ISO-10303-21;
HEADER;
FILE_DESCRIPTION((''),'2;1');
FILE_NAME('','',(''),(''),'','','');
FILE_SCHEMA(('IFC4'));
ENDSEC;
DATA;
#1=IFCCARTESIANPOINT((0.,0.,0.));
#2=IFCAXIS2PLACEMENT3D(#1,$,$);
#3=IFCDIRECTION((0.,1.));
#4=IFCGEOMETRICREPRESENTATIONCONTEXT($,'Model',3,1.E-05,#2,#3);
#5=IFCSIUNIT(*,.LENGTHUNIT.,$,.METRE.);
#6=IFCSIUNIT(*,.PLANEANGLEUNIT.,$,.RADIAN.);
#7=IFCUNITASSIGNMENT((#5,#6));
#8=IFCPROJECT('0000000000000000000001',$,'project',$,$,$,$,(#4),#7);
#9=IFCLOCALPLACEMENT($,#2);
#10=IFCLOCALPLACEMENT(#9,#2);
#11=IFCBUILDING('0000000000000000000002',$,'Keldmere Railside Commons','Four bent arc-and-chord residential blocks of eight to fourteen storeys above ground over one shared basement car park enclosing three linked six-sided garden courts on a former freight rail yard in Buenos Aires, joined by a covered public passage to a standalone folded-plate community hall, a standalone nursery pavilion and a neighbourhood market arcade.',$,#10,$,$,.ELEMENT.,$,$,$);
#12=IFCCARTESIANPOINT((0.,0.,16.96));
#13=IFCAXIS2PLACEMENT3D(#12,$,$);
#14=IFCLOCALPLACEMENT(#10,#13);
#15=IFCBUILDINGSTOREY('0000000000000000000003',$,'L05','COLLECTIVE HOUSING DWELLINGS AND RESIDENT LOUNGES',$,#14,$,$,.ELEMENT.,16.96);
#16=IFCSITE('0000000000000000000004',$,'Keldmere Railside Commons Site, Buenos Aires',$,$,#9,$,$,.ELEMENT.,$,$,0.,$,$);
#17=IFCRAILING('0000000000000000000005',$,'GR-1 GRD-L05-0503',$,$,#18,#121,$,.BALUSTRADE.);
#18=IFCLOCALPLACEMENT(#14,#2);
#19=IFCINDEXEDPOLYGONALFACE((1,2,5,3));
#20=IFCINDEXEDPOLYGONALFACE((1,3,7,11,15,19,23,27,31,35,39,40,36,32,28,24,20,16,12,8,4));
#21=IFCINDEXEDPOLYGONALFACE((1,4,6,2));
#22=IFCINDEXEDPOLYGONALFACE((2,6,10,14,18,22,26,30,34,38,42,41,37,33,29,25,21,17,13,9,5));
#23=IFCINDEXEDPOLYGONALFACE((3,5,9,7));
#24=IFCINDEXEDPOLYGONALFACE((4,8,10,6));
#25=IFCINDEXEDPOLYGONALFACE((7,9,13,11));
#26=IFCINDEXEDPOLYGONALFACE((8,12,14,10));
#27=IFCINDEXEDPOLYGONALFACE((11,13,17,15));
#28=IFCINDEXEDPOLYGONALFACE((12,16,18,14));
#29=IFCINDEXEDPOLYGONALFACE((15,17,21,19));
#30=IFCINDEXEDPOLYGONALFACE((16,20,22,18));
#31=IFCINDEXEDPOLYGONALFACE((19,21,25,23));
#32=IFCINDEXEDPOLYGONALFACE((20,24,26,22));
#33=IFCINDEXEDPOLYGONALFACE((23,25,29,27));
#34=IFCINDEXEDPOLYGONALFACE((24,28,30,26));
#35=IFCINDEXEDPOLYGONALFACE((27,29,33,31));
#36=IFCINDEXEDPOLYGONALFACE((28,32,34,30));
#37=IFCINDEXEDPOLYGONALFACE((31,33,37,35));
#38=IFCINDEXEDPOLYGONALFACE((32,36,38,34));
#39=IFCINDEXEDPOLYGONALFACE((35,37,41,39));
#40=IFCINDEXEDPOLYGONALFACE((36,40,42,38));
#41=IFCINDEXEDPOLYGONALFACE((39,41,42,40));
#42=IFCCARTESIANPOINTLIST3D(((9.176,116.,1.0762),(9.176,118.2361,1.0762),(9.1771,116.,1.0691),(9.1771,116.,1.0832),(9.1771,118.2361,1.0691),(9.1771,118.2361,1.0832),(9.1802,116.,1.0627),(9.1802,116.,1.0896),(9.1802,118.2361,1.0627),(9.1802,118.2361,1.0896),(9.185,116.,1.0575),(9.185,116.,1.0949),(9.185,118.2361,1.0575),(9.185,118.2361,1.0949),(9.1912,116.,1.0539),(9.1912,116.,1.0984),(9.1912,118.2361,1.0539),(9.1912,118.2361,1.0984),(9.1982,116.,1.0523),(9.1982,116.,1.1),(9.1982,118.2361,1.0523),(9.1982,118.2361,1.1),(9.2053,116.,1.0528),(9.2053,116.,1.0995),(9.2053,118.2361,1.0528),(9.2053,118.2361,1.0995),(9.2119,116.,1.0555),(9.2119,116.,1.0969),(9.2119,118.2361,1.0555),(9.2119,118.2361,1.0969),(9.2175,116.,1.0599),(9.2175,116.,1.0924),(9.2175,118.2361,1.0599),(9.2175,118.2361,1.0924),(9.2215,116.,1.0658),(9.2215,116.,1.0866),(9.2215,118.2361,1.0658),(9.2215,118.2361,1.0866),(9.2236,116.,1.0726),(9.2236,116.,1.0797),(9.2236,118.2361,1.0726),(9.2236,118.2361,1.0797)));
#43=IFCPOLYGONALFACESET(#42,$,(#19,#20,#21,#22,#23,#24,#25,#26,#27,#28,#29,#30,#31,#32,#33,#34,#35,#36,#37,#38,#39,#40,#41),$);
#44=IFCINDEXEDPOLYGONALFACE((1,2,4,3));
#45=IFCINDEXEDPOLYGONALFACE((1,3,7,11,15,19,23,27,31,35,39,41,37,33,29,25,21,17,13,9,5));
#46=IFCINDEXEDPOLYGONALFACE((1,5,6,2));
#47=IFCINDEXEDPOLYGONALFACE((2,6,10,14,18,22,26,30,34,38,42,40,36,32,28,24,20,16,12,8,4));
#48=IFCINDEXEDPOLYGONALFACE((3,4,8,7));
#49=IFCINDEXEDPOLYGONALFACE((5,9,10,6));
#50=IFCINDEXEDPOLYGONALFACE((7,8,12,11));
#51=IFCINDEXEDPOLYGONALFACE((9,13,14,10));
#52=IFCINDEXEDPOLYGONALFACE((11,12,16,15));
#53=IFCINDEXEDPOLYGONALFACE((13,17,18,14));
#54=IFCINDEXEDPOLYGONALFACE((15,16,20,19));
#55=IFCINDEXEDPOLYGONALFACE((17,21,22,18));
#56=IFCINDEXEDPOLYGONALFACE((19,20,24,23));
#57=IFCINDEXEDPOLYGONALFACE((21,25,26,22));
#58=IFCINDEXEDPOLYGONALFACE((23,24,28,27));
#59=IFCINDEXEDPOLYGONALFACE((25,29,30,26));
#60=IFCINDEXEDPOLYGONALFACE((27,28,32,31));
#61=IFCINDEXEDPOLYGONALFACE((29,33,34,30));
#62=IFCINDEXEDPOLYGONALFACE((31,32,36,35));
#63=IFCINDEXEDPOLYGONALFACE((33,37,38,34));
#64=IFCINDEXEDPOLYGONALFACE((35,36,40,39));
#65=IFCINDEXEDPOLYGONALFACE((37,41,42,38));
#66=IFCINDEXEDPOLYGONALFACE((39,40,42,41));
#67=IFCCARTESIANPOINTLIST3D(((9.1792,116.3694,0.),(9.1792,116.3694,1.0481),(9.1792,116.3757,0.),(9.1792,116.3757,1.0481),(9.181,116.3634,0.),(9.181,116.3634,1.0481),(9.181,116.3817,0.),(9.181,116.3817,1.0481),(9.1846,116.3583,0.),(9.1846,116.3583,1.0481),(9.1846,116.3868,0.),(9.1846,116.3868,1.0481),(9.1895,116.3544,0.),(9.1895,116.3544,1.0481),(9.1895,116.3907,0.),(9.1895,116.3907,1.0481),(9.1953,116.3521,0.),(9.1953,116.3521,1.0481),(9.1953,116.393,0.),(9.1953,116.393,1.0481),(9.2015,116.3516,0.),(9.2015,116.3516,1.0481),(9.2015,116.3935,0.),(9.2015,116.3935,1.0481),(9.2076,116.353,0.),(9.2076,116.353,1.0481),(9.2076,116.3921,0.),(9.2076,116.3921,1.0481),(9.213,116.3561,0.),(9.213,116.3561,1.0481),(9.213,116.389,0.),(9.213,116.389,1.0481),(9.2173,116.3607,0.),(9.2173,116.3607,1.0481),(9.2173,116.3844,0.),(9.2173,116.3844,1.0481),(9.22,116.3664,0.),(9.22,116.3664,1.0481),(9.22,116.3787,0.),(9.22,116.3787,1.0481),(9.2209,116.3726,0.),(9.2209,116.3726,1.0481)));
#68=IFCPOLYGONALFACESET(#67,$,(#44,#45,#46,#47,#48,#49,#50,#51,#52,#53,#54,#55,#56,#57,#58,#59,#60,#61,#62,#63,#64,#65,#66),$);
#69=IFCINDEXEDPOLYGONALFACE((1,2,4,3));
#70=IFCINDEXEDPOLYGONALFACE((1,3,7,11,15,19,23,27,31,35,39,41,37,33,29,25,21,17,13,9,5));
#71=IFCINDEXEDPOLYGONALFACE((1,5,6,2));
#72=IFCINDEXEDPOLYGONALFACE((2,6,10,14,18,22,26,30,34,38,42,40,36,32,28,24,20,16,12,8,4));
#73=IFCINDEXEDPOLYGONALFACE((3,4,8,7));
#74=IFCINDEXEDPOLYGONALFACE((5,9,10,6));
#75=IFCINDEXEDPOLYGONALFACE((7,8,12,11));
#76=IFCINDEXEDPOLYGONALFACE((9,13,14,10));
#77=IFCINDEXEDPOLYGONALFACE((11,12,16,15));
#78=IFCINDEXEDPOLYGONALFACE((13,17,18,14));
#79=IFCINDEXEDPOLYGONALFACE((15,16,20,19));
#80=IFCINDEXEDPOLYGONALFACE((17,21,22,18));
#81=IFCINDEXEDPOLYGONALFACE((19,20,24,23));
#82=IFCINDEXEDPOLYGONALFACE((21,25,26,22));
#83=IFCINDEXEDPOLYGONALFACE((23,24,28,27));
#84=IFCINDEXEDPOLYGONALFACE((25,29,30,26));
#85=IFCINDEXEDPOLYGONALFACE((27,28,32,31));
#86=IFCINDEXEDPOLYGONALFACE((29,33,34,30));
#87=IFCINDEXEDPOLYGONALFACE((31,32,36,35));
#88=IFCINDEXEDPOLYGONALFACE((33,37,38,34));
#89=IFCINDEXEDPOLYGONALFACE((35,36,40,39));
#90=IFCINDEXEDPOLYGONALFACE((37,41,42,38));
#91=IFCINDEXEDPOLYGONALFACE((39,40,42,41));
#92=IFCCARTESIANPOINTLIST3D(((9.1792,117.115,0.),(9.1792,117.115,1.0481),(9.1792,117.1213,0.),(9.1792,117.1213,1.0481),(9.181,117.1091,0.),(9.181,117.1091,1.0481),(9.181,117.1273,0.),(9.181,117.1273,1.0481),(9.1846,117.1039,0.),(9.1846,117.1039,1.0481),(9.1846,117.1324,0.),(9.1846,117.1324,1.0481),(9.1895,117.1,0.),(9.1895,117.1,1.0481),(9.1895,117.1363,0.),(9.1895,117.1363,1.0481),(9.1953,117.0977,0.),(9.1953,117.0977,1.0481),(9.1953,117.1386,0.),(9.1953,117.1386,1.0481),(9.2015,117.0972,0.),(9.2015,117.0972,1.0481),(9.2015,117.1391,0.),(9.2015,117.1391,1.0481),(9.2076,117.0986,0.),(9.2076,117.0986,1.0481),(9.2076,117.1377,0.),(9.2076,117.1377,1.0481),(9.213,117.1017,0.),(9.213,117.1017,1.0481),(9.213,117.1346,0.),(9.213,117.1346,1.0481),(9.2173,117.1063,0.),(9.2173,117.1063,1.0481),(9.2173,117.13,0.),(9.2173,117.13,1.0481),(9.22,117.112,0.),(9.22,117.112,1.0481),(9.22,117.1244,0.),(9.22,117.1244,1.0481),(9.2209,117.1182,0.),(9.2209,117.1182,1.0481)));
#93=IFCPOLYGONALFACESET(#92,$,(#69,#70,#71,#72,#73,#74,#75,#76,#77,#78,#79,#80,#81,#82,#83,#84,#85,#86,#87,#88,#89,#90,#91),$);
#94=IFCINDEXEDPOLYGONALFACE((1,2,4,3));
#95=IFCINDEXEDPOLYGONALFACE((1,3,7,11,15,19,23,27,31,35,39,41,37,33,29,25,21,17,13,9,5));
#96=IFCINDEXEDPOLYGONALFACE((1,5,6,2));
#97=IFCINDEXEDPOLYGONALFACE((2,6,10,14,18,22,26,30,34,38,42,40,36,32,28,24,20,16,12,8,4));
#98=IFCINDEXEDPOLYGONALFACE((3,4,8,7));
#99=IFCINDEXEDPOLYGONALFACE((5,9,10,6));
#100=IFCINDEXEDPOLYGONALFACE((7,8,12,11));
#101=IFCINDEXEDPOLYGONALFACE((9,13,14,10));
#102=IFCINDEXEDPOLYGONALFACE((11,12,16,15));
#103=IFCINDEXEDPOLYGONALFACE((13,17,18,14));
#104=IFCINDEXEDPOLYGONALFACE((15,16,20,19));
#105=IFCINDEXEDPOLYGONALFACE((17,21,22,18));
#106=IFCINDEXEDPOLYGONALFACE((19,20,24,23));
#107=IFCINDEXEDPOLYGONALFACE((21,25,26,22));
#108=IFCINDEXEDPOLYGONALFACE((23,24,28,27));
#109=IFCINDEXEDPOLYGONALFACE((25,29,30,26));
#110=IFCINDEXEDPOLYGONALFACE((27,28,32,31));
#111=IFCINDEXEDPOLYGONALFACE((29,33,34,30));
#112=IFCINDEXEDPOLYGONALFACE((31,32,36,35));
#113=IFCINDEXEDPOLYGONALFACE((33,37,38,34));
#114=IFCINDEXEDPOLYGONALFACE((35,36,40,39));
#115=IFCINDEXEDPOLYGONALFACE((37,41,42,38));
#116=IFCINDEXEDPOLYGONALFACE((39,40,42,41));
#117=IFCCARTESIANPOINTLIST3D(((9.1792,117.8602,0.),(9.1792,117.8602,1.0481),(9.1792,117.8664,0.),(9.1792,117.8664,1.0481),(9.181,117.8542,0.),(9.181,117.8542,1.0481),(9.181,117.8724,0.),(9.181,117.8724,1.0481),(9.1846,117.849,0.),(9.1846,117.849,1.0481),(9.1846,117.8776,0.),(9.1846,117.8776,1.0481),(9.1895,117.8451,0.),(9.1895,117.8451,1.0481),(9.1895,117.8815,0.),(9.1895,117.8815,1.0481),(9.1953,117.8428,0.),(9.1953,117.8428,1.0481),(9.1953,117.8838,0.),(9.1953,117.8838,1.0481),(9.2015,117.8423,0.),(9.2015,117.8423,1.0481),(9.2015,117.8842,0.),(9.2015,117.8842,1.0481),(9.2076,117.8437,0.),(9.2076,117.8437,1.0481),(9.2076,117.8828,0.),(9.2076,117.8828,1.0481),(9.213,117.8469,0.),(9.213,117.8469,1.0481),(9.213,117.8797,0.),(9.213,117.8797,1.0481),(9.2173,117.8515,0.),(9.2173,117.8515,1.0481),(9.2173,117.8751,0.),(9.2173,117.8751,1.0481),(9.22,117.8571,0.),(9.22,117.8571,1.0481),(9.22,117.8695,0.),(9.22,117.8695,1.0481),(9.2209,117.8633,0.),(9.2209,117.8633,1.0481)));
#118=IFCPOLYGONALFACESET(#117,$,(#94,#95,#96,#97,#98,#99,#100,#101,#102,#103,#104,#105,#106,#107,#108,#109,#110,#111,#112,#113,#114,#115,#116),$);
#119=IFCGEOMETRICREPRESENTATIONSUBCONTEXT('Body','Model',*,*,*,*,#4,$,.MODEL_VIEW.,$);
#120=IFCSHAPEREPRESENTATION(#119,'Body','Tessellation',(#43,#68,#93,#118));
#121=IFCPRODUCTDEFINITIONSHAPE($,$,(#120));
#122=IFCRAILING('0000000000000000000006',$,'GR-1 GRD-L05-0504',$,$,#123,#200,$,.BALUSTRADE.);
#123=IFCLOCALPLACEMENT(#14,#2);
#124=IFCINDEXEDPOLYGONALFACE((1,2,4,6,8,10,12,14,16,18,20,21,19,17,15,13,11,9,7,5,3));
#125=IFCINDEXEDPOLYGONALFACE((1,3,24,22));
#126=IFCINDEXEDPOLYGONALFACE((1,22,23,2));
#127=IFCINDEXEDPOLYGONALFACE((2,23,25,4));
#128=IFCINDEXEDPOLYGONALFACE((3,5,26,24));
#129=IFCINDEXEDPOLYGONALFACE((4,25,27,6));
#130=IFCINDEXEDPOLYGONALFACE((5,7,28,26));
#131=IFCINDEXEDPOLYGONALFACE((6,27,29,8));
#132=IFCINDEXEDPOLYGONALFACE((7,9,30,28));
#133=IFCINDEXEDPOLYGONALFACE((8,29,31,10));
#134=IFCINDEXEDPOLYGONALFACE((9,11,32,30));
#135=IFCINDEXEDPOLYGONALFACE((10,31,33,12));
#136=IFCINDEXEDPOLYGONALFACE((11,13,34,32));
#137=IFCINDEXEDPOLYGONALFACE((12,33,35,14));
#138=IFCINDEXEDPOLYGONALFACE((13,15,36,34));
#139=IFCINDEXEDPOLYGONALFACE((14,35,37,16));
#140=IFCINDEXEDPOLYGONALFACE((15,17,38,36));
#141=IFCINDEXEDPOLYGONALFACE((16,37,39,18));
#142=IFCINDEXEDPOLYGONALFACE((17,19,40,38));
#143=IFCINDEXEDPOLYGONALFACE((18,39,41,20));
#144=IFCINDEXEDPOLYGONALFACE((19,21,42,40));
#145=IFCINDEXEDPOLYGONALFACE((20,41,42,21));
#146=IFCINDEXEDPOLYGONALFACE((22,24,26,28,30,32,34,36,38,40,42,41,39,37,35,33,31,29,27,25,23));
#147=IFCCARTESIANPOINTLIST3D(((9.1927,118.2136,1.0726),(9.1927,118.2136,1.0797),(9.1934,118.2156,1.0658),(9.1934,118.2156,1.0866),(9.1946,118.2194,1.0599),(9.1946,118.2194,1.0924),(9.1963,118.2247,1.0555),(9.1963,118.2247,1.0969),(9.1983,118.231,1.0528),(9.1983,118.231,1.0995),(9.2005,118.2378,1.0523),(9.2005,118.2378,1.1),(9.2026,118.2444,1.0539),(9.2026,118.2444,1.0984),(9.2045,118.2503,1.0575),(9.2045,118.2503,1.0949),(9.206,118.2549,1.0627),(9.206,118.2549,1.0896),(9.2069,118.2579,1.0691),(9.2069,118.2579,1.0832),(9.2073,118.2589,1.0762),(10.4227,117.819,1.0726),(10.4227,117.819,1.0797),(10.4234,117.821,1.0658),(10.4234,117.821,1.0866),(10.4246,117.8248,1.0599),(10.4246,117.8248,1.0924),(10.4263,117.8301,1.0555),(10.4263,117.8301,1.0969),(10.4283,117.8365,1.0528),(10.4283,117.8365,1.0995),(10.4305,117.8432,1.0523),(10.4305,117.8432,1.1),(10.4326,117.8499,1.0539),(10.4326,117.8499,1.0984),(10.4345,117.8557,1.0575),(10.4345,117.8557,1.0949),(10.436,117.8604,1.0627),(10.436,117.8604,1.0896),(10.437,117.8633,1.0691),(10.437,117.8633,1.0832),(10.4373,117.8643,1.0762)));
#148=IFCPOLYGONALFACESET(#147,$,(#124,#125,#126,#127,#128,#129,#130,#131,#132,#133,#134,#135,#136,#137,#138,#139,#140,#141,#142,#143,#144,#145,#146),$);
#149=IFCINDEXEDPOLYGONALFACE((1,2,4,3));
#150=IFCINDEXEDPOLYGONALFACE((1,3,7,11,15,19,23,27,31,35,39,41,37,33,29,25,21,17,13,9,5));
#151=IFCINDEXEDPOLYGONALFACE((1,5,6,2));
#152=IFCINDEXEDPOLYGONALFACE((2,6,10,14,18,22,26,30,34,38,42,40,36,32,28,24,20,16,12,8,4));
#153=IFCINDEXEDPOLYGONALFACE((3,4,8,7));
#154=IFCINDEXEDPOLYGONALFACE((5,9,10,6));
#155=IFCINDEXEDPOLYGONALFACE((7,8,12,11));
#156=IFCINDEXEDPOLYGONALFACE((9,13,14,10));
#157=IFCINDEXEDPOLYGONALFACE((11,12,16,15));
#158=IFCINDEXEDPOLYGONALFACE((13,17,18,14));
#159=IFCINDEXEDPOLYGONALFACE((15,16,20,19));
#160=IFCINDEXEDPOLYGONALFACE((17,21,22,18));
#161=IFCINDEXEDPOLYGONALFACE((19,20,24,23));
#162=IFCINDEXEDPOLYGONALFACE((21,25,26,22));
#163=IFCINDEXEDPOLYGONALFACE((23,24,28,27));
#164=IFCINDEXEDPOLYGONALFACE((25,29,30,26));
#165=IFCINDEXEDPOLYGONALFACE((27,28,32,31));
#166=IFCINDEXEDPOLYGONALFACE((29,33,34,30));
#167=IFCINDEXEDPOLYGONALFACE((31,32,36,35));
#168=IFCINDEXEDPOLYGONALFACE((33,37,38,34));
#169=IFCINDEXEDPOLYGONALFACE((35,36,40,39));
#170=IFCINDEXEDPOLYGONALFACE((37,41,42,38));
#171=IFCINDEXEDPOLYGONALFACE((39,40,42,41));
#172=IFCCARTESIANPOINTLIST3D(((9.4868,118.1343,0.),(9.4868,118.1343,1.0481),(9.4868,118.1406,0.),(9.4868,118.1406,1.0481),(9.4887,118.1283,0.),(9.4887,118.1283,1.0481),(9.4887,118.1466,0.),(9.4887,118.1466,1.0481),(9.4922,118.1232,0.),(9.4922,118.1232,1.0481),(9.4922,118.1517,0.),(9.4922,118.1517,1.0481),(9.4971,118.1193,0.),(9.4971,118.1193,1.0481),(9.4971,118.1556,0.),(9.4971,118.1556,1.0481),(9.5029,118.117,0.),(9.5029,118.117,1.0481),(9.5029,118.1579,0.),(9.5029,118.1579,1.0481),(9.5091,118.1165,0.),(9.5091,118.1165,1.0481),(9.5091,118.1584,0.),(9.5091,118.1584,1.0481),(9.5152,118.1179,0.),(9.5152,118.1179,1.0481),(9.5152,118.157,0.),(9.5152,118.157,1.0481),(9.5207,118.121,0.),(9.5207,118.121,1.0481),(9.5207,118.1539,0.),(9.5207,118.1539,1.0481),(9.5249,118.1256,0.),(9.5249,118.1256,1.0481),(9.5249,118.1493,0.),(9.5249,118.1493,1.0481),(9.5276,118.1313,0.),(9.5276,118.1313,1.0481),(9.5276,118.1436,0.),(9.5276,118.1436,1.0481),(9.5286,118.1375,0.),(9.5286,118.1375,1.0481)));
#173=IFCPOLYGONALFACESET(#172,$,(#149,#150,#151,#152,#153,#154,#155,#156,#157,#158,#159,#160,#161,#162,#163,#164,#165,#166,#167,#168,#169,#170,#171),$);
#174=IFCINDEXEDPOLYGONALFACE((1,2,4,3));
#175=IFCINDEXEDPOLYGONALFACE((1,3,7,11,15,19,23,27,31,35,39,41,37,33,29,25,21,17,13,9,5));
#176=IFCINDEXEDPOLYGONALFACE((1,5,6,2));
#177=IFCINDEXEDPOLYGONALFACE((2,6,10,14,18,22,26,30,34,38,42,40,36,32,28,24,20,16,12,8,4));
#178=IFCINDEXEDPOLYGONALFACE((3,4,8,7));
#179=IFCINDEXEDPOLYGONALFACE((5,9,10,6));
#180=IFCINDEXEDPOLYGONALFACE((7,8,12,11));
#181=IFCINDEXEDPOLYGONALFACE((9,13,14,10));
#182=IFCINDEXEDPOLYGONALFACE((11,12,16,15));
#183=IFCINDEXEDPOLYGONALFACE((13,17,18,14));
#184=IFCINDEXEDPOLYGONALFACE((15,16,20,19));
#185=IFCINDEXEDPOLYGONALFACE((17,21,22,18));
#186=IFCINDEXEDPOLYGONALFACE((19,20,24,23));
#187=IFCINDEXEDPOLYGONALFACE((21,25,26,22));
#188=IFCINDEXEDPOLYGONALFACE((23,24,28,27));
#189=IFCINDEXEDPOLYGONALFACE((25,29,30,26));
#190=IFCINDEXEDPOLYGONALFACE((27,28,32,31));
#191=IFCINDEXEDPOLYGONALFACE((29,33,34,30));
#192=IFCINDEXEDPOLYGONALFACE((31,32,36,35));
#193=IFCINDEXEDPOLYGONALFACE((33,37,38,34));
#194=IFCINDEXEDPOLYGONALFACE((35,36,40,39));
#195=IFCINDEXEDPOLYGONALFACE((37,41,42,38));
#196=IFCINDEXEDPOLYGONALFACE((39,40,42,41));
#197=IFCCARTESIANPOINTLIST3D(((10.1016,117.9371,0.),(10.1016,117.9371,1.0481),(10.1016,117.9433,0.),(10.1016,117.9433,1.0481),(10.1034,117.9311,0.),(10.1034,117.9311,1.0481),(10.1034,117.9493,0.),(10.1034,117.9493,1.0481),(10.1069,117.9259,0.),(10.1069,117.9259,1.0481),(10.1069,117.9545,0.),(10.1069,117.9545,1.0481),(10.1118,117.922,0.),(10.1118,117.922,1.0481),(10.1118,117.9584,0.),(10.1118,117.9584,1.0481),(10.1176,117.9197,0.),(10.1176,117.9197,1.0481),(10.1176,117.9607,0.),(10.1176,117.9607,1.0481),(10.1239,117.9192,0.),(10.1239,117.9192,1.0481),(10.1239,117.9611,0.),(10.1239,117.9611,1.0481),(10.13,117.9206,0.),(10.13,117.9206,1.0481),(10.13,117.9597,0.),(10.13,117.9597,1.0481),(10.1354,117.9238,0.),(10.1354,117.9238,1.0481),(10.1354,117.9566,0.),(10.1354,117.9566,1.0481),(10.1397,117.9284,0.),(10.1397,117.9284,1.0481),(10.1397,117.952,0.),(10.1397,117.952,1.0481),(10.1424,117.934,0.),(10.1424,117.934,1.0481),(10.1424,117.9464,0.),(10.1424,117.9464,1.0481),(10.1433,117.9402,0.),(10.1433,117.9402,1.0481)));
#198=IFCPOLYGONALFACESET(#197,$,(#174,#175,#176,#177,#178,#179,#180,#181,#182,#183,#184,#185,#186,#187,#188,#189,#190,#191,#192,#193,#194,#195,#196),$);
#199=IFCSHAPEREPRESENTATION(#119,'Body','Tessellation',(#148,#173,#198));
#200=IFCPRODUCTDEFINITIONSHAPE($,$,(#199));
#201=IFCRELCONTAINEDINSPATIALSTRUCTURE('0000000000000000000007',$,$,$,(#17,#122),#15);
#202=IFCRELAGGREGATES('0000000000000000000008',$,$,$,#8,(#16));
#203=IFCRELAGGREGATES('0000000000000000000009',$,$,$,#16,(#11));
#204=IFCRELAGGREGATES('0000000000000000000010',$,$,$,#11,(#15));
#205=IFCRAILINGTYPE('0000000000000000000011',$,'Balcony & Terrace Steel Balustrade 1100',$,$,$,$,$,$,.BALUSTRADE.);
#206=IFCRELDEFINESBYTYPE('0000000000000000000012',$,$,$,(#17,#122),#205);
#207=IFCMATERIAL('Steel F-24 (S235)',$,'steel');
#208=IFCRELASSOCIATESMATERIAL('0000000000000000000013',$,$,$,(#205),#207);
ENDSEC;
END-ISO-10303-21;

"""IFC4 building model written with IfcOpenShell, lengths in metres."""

from ifc_helpers import new_model, si_unit, direction, frame, origin, origin_2d, place, context, subcontext, project, spatial, circle, extrude, material, type_object, element, save


model = new_model("IFC4")

# Units and contexts
model_context = context("Model", 3, precision=1e-05, world=origin(), true_north=direction((0.0, 1.0)))
body_context = subcontext(model_context, "Body", "Model", "MODEL_VIEW")
ifc_project = project(units=[si_unit("LENGTHUNIT", "METRE"), si_unit("PLANEANGLEUNIT", "RADIAN")], contexts=[model_context])

# Site, building, storey
site_placement = place(None, origin())
site = spatial("IfcSite", under=ifc_project, at=site_placement, Name="Keldmere Railside Commons Site, Buenos Aires", CompositionType="ELEMENT", RefElevation=0.0)
building_placement = place(site_placement, origin())
building = spatial("IfcBuilding", under=site, at=building_placement, Name="Keldmere Railside Commons", Description="Four bent arc-and-chord residential blocks of eight to fourteen storeys above ground over one shared basement car park enclosing three linked six-sided garden courts on a former freight rail yard in Buenos Aires, joined by a covered public passage to a standalone folded-plate community hall, a standalone nursery pavilion and a neighbourhood market arcade.", CompositionType="ELEMENT")
storey_placement = place(building_placement, frame((0.0, 0.0, 16.96)))
storey = spatial("IfcBuildingStorey", under=building, at=storey_placement, Name="L05", Description="COLLECTIVE HOUSING DWELLINGS AND RESIDENT LOUNGES", CompositionType="ELEMENT", Elevation=16.96)

# Railings
ifc_material_1 = material(Name="Steel F-24 (S235)", Category="steel")
railing_type = type_object("IfcRailingType", Name="Balcony & Terrace Steel Balustrade 1100", PredefinedType="BALUSTRADE", material=ifc_material_1)
railing_1_placement = place(storey_placement, frame((9.2, 116.0, 0.0)))
element("IfcRailing", 1, at=railing_1_placement, inside=storey, type_object=railing_type, Name="GR-1 GRD-L05-0503", PredefinedType="BALUSTRADE", context=body_context, shape_type="SweptSolid", body=[
    extrude(circle(Radius=0.0239, at=origin_2d()), frame((0.0, 0.0, 1.0762), z_axis=(0.0, 1.0, 0.0), x_axis=(-1.0, 0.0, 0.0)), (0.0, 0.0, 1.0), 2.2361),
    extrude(circle(Radius=0.021, at=origin_2d()), frame((0.0, 0.3726, 0.0)), (0.0, 0.0, 1.0), 1.0481),
    extrude(circle(Radius=0.021, at=origin_2d()), frame((0.0, 1.1182, 0.0)), (0.0, 0.0, 1.0), 1.0481),
    extrude(circle(Radius=0.021, at=origin_2d()), frame((0.0, 1.8633, 0.0)), (0.0, 0.0, 1.0), 1.0481),
])
railing_2_placement = place(storey_placement, frame((9.2, 118.2361, 0.0)))
element("IfcRailing", 2, at=railing_2_placement, inside=storey, type_object=railing_type, Name="GR-1 GRD-L05-0504", PredefinedType="BALUSTRADE", context=body_context, shape_type="SweptSolid", body=[
    extrude(circle(Radius=0.0239, at=origin_2d()), frame((0.0, 0.0, 1.0762), z_axis=(0.952213, -0.305434, 0.0), x_axis=(0.305434, 0.952213, 0.0)), (0.0, 0.0, 1.0), 1.2917),
    extrude(circle(Radius=0.021, at=origin_2d()), frame((0.3076, -0.0986, 0.0)), (0.0, 0.0, 1.0), 1.0481),
    extrude(circle(Radius=0.021, at=origin_2d()), frame((0.9224, -0.2959, 0.0)), (0.0, 0.0, 1.0), 1.0481),
])

save(model, "model.ifc")
